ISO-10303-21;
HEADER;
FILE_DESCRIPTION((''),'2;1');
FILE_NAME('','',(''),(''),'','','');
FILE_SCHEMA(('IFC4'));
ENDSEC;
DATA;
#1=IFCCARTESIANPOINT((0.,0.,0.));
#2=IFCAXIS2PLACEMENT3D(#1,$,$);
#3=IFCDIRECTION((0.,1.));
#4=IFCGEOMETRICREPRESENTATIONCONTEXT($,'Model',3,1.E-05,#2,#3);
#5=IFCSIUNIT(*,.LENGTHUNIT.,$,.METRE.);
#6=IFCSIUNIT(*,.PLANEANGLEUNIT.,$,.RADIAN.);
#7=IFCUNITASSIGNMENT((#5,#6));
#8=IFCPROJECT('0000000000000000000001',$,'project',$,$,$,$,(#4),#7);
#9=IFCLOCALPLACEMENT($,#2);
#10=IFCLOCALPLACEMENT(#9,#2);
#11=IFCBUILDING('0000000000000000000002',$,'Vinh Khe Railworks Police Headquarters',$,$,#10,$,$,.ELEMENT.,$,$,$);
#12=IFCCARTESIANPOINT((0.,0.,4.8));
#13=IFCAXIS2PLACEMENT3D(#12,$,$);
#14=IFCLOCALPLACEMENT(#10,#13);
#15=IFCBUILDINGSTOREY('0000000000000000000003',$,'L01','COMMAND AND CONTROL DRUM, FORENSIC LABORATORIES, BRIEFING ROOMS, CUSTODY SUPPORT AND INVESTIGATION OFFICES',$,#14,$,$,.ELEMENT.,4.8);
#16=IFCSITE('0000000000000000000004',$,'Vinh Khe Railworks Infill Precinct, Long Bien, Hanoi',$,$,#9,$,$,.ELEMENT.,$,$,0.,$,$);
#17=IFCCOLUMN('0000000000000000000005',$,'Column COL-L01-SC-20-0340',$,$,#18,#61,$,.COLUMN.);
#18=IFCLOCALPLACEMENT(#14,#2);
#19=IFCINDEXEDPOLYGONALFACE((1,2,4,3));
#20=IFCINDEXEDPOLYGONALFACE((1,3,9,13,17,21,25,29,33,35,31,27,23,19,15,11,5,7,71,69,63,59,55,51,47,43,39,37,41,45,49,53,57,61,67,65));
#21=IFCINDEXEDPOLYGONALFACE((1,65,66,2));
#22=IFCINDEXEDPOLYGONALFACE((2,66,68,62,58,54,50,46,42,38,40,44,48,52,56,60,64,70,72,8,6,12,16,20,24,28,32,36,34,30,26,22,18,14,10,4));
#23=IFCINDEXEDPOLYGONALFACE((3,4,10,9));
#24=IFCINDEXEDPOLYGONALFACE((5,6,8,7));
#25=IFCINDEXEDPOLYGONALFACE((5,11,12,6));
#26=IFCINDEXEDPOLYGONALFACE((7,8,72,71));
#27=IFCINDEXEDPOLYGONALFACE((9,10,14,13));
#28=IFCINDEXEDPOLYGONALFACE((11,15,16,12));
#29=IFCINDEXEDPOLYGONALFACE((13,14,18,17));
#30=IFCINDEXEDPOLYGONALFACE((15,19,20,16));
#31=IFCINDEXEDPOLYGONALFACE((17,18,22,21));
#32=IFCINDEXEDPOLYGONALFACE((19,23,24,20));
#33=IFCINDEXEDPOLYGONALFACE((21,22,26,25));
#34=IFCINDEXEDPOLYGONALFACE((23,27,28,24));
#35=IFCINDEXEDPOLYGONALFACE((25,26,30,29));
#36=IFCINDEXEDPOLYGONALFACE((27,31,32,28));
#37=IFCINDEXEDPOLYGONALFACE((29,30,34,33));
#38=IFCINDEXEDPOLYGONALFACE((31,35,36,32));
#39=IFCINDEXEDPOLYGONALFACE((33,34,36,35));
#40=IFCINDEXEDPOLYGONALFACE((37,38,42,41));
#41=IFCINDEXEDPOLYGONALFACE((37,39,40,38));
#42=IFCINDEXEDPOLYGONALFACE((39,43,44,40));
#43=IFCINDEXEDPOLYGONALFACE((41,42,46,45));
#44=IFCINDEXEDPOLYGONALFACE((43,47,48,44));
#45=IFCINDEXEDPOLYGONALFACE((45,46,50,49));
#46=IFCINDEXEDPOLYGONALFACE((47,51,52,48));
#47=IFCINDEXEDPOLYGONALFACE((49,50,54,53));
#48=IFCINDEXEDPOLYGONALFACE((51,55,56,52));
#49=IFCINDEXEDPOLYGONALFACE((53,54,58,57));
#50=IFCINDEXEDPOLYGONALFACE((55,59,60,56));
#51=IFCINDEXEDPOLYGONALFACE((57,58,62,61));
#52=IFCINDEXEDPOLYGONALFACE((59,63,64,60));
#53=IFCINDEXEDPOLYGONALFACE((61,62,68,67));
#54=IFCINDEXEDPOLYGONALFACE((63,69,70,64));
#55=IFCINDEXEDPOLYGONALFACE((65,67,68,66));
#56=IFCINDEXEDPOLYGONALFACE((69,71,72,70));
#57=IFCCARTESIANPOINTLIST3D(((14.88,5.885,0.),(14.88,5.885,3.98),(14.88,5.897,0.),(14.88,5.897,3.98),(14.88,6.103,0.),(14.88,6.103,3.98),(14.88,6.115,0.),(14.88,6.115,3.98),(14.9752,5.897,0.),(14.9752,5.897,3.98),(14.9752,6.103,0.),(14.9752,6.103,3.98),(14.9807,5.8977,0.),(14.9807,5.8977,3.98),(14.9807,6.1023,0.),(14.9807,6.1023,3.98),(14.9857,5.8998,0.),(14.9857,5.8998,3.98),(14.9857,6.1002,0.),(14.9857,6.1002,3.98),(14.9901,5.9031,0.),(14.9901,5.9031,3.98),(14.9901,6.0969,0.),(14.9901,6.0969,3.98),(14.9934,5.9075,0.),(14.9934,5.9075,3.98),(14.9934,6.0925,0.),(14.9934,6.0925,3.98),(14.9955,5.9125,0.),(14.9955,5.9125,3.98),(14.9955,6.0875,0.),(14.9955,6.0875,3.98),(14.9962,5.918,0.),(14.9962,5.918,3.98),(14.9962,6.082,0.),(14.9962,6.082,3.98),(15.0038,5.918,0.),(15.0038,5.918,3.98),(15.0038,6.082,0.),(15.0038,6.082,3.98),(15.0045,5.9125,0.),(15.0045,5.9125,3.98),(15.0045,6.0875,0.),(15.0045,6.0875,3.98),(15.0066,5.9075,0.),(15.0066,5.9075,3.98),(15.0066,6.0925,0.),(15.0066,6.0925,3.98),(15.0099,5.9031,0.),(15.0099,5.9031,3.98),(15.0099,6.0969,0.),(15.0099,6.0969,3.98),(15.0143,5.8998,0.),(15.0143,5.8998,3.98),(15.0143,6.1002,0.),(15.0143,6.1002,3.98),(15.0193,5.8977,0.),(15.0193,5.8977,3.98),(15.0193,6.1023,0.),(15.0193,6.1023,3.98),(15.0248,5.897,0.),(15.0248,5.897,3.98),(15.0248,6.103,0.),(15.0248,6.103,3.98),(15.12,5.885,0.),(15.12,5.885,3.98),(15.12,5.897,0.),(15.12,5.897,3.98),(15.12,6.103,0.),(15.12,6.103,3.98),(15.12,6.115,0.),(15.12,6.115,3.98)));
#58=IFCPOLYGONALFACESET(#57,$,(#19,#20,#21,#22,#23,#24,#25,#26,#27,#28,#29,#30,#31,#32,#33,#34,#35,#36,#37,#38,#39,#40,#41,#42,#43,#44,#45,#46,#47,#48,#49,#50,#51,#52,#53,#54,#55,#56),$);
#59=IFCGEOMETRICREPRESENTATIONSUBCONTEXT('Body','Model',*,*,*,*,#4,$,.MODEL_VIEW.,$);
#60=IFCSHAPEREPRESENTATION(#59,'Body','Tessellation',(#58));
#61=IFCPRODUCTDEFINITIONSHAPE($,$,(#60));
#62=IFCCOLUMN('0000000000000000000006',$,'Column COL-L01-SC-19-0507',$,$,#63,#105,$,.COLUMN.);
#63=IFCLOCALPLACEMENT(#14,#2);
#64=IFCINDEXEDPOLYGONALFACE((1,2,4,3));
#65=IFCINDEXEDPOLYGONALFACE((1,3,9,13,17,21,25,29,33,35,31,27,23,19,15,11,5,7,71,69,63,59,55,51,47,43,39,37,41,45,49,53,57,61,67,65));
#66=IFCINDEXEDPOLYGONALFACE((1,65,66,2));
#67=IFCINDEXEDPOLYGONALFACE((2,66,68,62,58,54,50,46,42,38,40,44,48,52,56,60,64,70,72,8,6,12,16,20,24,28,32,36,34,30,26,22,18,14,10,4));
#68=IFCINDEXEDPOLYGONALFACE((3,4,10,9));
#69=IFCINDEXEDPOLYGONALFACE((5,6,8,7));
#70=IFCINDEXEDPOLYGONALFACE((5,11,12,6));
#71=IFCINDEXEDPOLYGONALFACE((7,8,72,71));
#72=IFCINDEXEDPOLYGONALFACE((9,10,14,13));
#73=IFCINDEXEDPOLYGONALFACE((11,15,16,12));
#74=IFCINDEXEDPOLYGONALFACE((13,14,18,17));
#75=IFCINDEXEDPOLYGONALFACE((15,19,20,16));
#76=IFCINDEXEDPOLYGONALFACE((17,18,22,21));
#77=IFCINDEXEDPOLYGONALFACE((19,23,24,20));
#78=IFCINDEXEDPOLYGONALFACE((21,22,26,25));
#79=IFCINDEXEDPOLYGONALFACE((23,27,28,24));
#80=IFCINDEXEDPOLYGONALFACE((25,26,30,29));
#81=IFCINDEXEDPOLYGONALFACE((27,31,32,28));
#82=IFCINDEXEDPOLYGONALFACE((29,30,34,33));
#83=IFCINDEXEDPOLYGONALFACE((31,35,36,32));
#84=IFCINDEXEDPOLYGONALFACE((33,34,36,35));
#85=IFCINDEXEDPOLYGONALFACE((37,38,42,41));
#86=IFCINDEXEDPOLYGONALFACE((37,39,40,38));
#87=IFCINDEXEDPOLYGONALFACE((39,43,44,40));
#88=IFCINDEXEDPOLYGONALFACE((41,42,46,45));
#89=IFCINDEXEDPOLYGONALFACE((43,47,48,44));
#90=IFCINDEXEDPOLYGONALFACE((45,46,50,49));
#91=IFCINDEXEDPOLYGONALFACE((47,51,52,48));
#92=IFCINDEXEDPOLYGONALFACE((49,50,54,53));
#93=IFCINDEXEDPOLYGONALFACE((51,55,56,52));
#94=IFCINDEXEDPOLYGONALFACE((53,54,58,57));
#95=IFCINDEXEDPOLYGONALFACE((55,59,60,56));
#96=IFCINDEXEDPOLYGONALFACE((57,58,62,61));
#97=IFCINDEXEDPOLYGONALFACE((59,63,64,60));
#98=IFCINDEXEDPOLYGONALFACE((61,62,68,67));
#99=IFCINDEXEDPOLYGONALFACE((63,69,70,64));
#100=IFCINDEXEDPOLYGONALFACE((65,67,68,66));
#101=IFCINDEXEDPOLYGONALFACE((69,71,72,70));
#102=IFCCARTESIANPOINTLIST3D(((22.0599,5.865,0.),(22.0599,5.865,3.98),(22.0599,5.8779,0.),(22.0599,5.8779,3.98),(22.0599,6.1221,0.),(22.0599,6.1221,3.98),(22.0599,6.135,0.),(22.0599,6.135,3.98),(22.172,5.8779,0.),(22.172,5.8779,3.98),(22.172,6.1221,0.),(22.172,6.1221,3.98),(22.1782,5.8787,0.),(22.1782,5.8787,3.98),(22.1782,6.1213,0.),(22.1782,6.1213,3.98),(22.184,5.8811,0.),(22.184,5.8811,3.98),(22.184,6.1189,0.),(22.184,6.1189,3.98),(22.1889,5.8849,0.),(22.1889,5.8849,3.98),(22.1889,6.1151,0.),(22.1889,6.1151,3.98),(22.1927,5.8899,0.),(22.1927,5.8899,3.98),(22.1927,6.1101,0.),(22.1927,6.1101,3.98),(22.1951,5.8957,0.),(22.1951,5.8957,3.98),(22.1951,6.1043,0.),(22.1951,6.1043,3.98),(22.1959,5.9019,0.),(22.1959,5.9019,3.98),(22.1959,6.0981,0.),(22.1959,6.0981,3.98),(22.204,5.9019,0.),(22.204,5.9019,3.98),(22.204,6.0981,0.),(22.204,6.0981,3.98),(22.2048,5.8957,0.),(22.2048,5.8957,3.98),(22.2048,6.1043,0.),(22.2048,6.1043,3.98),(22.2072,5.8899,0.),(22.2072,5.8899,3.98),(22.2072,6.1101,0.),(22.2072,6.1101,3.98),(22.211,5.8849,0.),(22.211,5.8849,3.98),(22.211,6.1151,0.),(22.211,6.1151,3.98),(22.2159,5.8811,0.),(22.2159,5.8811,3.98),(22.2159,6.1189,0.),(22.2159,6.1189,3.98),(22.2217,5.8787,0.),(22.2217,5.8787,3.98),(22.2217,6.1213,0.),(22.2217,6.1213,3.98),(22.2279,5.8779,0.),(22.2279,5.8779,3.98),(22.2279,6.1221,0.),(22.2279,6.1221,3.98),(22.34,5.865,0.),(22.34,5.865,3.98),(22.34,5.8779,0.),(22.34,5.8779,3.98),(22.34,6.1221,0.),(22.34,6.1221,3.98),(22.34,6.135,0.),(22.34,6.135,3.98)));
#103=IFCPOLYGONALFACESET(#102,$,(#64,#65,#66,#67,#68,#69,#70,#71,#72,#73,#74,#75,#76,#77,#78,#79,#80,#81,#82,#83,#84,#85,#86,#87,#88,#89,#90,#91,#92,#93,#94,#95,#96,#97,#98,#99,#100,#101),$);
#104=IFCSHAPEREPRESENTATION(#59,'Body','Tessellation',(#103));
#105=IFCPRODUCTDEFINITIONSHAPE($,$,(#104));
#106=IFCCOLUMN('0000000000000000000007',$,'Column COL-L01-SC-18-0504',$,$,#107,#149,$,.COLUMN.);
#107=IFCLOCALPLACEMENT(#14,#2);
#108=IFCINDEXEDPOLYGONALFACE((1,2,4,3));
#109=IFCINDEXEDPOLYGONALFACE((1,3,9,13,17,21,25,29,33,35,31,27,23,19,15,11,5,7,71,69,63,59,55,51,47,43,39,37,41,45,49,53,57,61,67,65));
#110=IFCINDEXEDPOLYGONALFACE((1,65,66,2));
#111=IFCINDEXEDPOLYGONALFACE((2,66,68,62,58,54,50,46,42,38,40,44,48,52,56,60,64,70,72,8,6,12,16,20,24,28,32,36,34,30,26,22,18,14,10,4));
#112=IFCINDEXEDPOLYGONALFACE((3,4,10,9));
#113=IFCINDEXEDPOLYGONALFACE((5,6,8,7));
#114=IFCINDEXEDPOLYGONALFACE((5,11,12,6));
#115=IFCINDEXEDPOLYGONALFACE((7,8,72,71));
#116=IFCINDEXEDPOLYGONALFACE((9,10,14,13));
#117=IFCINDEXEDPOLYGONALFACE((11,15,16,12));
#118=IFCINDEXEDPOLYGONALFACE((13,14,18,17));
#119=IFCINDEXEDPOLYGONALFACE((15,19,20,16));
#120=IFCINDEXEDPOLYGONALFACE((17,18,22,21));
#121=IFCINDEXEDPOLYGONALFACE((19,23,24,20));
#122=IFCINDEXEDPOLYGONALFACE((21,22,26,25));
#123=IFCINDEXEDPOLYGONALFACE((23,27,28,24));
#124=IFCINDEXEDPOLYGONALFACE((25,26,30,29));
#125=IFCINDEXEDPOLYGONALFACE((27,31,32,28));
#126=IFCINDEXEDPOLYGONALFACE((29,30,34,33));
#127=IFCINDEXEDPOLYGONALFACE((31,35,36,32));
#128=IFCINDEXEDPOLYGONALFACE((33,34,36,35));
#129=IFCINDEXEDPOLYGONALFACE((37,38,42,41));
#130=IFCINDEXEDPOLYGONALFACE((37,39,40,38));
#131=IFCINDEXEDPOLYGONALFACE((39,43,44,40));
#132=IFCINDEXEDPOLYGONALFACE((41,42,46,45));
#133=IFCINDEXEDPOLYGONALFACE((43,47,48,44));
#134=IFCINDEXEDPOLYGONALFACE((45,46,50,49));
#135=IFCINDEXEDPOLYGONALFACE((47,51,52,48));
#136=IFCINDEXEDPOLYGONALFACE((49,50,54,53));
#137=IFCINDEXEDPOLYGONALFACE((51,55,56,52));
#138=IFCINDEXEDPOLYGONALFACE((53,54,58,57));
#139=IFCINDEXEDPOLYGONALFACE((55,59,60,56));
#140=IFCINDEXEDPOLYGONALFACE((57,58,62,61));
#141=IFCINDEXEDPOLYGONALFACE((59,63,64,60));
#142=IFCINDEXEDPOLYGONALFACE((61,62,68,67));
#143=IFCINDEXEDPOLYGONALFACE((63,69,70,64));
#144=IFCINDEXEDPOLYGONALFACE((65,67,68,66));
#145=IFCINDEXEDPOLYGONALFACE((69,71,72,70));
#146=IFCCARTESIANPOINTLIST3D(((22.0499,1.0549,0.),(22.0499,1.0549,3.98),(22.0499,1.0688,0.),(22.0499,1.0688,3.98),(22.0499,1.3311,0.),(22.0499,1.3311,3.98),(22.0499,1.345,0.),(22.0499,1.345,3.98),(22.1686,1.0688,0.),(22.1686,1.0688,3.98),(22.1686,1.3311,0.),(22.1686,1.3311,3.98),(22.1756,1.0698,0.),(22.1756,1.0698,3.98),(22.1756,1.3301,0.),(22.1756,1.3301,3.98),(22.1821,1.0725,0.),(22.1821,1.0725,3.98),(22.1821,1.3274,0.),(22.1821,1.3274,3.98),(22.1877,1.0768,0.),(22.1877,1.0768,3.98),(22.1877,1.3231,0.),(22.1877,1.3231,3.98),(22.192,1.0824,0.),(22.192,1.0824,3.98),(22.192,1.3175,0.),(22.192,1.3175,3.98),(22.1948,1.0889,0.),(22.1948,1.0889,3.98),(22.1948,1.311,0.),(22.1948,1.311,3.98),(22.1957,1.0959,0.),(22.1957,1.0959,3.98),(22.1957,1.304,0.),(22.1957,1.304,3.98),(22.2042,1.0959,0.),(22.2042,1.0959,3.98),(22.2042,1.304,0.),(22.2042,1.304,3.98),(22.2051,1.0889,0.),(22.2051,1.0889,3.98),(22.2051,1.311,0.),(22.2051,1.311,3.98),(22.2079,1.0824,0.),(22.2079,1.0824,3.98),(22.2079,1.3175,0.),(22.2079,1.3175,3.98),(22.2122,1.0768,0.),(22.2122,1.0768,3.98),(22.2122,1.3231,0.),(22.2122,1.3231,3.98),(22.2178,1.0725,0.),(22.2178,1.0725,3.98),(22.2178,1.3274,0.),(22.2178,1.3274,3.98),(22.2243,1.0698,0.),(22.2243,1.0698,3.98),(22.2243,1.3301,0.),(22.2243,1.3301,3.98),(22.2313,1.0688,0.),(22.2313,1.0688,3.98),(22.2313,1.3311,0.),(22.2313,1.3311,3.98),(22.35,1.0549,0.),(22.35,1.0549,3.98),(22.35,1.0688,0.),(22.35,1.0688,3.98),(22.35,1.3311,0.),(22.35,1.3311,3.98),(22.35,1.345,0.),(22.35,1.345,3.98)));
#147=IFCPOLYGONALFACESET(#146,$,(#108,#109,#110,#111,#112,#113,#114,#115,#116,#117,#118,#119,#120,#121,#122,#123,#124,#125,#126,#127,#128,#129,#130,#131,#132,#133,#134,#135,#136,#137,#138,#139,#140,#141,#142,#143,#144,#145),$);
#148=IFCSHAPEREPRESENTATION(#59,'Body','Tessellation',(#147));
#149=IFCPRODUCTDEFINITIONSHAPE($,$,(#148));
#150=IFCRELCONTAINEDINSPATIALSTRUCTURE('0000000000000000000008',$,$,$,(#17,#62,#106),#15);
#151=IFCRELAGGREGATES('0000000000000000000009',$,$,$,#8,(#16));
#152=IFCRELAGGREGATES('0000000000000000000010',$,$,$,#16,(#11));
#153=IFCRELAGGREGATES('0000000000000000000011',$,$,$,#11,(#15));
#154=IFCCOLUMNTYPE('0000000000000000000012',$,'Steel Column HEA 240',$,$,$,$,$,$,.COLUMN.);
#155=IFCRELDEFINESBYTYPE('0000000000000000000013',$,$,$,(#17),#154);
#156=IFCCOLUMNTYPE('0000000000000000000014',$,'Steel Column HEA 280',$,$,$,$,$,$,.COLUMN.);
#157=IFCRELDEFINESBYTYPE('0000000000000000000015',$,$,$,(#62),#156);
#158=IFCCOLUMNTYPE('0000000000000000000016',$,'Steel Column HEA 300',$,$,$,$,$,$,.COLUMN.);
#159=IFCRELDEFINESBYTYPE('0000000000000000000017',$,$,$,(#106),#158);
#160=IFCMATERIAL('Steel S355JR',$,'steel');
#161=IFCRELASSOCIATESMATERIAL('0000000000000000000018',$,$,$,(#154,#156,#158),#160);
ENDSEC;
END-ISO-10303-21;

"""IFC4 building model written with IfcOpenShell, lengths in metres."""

from ifc_helpers import new_model, si_unit, direction, frame, origin, origin_2d, place, context, subcontext, project, spatial, i_section, extrude, material, material_profile, profile_set, type_object, element, save


model = new_model("IFC4")

# Units and contexts
model_context = context("Model", 3, precision=1e-05, world=origin(), true_north=direction((0.0, 1.0)))
body_context = subcontext(model_context, "Body", "Model", "MODEL_VIEW")
ifc_project = project(units=[si_unit("LENGTHUNIT", "METRE"), si_unit("PLANEANGLEUNIT", "RADIAN")], contexts=[model_context])

# Site, building, storey
site_placement = place(None, origin())
site = spatial("IfcSite", under=ifc_project, at=site_placement, Name="Vinh Khe Railworks Infill Precinct, Long Bien, Hanoi", CompositionType="ELEMENT", RefElevation=0.0)
building_placement = place(site_placement, origin())
building = spatial("IfcBuilding", under=site, at=building_placement, Name="Vinh Khe Railworks Police Headquarters", CompositionType="ELEMENT")
storey_placement = place(building_placement, frame((0.0, 0.0, 4.8)))
storey = spatial("IfcBuildingStorey", under=building, at=storey_placement, Name="L01", Description="COMMAND AND CONTROL DRUM, FORENSIC LABORATORIES, BRIEFING ROOMS, CUSTODY SUPPORT AND INVESTIGATION OFFICES", CompositionType="ELEMENT", Elevation=4.8)

# Columns
ifc_material_1 = material(Name="Steel S355JR", Category="steel")
ifc_material_profile_1 = material_profile(ifc_material_1, i_section(OverallWidth=0.24, OverallDepth=0.23, WebThickness=0.0076, FlangeThickness=0.012, FilletRadius=0.021, at=origin_2d()), Name="HEA 240")
ifc_profile_set_1 = profile_set([ifc_material_profile_1], Name="Steel S355JR")
column_type_1 = type_object("IfcColumnType", Name="Steel Column HEA 240", PredefinedType="COLUMN", material=ifc_profile_set_1)
column_1_placement = place(storey_placement, frame((15.0, 6.0, 0.0), z_axis=(0.0, 0.0, 1.0), x_axis=(1.0, 0.0, 0.0)))
element("IfcColumn", 1, at=column_1_placement, inside=storey, type_object=column_type_1, Name="Column COL-L01-SC-20-0340", PredefinedType="COLUMN", context=body_context, shape_type="SweptSolid", body=[
    extrude(i_section(OverallWidth=0.24, OverallDepth=0.23, WebThickness=0.0076, FlangeThickness=0.012, FilletRadius=0.021, at=origin_2d()), origin(), (0.0, 0.0, 1.0), 3.98),
])
ifc_material_profile_2 = material_profile(ifc_material_1, i_section(OverallWidth=0.28, OverallDepth=0.27, WebThickness=0.0081, FlangeThickness=0.0129, FilletRadius=0.0239, at=origin_2d()), Name="HEA 280")
ifc_profile_set_2 = profile_set([ifc_material_profile_2], Name="Steel S355JR")
column_type_2 = type_object("IfcColumnType", Name="Steel Column HEA 280", PredefinedType="COLUMN", material=ifc_profile_set_2)
column_2_placement = place(storey_placement, frame((22.2, 6.0, 0.0), z_axis=(0.0, 0.0, 1.0), x_axis=(1.0, 0.0, 0.0)))
element("IfcColumn", 2, at=column_2_placement, inside=storey, type_object=column_type_2, Name="Column COL-L01-SC-19-0507", PredefinedType="COLUMN", context=body_context, shape_type="SweptSolid", body=[
    extrude(i_section(OverallWidth=0.28, OverallDepth=0.27, WebThickness=0.0081, FlangeThickness=0.0129, FilletRadius=0.0239, at=origin_2d()), origin(), (0.0, 0.0, 1.0), 3.98),
])
ifc_material_profile_3 = material_profile(ifc_material_1, i_section(OverallWidth=0.3, OverallDepth=0.29, WebThickness=0.0085, FlangeThickness=0.0139, FilletRadius=0.0271, at=origin_2d()), Name="HEA 300")
ifc_profile_set_3 = profile_set([ifc_material_profile_3], Name="Steel S355JR")
column_type_3 = type_object("IfcColumnType", Name="Steel Column HEA 300", PredefinedType="COLUMN", material=ifc_profile_set_3)
column_3_placement = place(storey_placement, frame((22.2, 1.2, 0.0), z_axis=(0.0, 0.0, 1.0), x_axis=(1.0, 0.0, 0.0)))
element("IfcColumn", 3, at=column_3_placement, inside=storey, type_object=column_type_3, Name="Column COL-L01-SC-18-0504", PredefinedType="COLUMN", context=body_context, shape_type="SweptSolid", body=[
    extrude(i_section(OverallWidth=0.3, OverallDepth=0.29, WebThickness=0.0085, FlangeThickness=0.0139, FilletRadius=0.0271, at=origin_2d()), origin(), (0.0, 0.0, 1.0), 3.98),
])

save(model, "model.ifc")
